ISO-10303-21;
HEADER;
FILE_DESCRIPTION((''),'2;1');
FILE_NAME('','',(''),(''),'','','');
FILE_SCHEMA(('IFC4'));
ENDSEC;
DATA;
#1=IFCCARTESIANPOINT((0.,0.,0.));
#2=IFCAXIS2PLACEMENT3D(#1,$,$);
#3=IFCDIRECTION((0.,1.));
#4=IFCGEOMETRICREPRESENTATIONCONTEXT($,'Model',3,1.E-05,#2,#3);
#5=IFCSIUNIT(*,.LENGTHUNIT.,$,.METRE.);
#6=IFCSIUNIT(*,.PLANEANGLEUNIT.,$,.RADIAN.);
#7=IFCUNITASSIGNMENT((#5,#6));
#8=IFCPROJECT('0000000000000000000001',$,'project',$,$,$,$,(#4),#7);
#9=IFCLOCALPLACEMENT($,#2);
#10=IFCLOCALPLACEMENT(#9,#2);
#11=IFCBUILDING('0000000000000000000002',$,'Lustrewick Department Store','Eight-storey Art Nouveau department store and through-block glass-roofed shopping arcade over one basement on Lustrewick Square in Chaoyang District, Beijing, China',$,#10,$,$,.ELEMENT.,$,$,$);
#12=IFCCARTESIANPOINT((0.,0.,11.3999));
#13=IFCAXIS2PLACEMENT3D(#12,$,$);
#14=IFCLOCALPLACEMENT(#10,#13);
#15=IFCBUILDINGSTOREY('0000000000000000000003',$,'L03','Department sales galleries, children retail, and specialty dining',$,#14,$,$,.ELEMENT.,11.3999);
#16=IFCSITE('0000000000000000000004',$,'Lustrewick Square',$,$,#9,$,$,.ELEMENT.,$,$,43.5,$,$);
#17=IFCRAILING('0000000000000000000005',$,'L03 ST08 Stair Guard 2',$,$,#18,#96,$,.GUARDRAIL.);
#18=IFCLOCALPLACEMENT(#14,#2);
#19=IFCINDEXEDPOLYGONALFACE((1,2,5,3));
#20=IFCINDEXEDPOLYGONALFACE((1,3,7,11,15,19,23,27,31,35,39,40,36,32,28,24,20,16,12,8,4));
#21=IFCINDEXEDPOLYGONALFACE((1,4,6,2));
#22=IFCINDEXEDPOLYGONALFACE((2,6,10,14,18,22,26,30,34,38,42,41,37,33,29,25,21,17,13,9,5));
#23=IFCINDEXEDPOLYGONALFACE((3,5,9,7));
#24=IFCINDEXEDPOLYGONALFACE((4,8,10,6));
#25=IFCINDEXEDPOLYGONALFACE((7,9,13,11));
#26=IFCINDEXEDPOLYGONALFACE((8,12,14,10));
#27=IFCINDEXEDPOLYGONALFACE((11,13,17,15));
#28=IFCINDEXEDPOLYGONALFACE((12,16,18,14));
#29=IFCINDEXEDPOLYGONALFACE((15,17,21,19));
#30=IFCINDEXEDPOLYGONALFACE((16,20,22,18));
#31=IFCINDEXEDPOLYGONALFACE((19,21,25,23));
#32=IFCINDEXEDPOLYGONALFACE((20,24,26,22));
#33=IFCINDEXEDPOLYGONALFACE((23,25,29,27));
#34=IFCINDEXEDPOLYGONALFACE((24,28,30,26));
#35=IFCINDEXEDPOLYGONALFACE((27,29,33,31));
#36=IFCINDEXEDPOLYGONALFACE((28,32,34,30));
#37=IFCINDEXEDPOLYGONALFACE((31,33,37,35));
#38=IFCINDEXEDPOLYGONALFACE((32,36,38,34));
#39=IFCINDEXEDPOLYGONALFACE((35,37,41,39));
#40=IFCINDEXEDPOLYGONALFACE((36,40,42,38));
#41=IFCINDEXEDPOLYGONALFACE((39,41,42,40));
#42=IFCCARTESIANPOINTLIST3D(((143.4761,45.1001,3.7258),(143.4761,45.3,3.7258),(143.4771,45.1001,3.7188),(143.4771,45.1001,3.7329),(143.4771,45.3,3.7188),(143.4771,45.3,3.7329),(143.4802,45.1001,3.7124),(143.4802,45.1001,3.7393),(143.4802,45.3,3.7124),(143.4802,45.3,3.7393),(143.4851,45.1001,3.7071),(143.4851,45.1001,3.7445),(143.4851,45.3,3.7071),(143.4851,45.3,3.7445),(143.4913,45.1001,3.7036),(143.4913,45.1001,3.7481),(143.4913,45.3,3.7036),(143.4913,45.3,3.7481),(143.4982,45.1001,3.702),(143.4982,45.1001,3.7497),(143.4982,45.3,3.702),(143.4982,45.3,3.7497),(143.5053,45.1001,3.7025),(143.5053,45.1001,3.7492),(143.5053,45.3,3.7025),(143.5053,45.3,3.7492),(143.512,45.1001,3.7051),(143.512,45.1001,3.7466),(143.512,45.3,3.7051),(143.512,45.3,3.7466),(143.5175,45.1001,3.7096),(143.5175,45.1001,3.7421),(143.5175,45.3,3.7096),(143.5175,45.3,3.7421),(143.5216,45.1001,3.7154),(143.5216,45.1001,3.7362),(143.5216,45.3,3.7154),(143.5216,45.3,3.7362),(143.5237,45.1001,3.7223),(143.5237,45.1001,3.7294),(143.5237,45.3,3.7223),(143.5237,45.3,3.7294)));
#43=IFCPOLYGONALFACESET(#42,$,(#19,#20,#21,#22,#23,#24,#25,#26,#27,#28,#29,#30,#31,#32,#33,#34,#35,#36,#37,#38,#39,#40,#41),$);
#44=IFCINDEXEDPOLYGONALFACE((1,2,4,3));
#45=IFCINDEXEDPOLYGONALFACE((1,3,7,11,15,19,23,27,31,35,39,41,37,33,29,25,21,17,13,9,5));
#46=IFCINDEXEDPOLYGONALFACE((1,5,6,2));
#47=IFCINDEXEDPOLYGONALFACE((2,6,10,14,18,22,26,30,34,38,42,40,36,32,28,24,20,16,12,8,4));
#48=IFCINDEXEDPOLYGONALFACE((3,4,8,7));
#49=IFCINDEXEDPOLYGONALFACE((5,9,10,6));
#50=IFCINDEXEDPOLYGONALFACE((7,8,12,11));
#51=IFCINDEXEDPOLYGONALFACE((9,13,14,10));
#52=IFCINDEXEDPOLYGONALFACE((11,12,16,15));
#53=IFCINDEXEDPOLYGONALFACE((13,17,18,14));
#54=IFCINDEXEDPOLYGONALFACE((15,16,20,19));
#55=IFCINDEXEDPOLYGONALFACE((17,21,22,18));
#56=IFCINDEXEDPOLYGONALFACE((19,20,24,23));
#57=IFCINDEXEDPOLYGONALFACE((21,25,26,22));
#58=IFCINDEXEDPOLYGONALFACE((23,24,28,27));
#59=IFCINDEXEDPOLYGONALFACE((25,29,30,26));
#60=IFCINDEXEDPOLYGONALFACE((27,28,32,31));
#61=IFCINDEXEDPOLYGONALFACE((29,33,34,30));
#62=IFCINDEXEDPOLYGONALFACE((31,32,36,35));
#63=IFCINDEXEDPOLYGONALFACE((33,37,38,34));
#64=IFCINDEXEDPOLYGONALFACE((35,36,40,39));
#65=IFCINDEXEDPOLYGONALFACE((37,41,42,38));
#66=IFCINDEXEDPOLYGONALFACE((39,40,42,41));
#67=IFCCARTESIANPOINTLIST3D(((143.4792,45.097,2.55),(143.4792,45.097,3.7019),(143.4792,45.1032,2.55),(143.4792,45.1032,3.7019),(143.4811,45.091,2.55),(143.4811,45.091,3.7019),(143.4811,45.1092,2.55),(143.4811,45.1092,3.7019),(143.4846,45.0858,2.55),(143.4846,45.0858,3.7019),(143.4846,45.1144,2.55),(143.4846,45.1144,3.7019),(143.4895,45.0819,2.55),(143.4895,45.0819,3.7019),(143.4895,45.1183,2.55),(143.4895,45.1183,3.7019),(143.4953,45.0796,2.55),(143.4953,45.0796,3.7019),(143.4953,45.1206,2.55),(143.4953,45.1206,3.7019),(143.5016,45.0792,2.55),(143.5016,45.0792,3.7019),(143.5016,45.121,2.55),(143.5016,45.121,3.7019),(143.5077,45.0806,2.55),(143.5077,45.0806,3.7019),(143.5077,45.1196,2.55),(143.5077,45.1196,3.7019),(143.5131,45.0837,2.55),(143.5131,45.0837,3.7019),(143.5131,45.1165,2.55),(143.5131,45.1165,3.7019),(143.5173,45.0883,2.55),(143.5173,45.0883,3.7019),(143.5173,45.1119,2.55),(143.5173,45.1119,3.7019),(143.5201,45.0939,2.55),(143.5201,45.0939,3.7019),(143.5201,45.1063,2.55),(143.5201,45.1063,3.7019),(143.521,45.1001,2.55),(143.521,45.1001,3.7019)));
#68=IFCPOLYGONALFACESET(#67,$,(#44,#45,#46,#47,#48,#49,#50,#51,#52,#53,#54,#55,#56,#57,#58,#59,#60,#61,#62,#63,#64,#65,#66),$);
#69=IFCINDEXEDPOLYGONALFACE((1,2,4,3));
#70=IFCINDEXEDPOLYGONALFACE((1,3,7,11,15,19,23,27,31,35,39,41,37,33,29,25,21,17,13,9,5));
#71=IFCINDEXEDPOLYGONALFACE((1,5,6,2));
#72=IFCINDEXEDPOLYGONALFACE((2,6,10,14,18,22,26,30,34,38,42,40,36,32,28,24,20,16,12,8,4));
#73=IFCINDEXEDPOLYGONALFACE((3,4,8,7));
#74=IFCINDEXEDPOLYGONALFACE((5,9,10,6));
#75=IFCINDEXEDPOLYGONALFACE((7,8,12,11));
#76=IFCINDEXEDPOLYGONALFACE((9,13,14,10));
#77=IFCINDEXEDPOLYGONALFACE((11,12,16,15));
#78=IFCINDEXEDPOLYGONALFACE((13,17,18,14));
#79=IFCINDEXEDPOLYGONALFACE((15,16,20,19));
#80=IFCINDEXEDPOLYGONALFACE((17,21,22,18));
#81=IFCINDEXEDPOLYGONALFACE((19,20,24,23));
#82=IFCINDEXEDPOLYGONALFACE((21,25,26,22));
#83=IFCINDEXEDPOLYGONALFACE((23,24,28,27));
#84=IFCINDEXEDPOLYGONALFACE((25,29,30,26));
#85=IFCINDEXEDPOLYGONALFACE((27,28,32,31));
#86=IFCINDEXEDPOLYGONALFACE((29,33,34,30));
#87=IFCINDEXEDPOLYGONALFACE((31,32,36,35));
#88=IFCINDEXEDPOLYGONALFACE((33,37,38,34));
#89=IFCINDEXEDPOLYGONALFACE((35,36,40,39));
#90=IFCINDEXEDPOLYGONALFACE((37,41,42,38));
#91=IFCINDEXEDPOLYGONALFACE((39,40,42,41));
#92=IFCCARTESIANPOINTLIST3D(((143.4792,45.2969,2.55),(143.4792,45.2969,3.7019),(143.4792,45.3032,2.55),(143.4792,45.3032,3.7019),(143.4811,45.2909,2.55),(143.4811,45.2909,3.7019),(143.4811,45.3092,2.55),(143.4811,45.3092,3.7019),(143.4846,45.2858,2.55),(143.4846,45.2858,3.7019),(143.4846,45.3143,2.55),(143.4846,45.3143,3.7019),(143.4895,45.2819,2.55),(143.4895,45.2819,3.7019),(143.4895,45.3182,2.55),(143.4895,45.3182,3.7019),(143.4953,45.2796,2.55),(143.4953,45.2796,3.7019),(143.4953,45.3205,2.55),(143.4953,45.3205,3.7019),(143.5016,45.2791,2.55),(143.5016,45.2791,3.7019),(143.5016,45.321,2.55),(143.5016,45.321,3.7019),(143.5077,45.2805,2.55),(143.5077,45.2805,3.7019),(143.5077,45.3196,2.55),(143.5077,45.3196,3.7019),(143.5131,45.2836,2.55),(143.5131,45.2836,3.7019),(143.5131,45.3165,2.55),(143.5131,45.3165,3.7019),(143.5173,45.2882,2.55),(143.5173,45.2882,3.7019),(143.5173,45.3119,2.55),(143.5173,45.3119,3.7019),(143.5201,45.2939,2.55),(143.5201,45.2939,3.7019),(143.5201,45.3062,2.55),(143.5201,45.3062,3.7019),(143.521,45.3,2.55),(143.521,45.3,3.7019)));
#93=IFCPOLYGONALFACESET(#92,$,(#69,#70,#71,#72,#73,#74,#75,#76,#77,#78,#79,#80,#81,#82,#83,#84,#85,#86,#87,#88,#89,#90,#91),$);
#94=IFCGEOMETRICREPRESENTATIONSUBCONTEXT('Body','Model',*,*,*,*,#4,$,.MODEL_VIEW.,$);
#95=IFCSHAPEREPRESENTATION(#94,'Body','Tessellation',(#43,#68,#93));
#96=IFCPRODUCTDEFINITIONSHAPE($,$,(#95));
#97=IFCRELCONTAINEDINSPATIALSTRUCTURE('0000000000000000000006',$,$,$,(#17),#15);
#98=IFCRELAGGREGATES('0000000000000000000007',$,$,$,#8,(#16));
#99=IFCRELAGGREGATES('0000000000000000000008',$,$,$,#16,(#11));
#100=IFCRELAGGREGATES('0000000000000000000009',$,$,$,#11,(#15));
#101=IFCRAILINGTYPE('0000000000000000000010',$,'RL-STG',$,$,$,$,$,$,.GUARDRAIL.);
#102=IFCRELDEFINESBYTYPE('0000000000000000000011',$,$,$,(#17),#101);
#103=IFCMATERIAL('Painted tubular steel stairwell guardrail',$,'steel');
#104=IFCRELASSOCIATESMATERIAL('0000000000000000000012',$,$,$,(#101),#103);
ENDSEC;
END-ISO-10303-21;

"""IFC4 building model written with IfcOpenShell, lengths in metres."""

from ifc_helpers import new_model, si_unit, direction, frame, origin, origin_2d, place, context, subcontext, project, spatial, circle, extrude, material, type_object, element, save


model = new_model("IFC4")

# Units and contexts
model_context = context("Model", 3, precision=1e-05, world=origin(), true_north=direction((0.0, 1.0)))
body_context = subcontext(model_context, "Body", "Model", "MODEL_VIEW")
ifc_project = project(units=[si_unit("LENGTHUNIT", "METRE"), si_unit("PLANEANGLEUNIT", "RADIAN")], contexts=[model_context])

# Site, building, storey
site_placement = place(None, origin())
site = spatial("IfcSite", under=ifc_project, at=site_placement, Name="Lustrewick Square", CompositionType="ELEMENT", RefElevation=43.5)
building_placement = place(site_placement, origin())
building = spatial("IfcBuilding", under=site, at=building_placement, Name="Lustrewick Department Store", Description="Eight-storey Art Nouveau department store and through-block glass-roofed shopping arcade over one basement on Lustrewick Square in Chaoyang District, Beijing, China", CompositionType="ELEMENT")
storey_placement = place(building_placement, frame((0.0, 0.0, 11.3999)))
storey = spatial("IfcBuildingStorey", under=building, at=storey_placement, Name="L03", Description="Department sales galleries, children retail, and specialty dining", CompositionType="ELEMENT", Elevation=11.3999)

# Railing
ifc_material_1 = material(Name="Painted tubular steel stairwell guardrail", Category="steel")
railing_type_1 = type_object("IfcRailingType", Name="RL-STG", PredefinedType="GUARDRAIL", material=ifc_material_1)
railing_1_placement = place(storey_placement, frame((143.5, 45.1001, 2.55)))
element("IfcRailing", 1, at=railing_1_placement, inside=storey, type_object=railing_type_1, Name="L03 ST08 Stair Guard 2", PredefinedType="GUARDRAIL", context=body_context, shape_type="SweptSolid", body=[
    extrude(circle(Radius=0.0239, at=origin_2d()), frame((0.0, 0.0, 1.1758), z_axis=(0.0, 1.0, 0.0), x_axis=(-1.0, 0.0, 0.0)), (0.0, 0.0, 1.0), 0.2),
    extrude(circle(Radius=0.021, at=origin_2d()), origin(), (0.0, 0.0, 1.0), 1.1519),
    extrude(circle(Radius=0.021, at=origin_2d()), frame((0.0, 0.2, 0.0)), (0.0, 0.0, 1.0), 1.1519),
])

save(model, "model.ifc")
